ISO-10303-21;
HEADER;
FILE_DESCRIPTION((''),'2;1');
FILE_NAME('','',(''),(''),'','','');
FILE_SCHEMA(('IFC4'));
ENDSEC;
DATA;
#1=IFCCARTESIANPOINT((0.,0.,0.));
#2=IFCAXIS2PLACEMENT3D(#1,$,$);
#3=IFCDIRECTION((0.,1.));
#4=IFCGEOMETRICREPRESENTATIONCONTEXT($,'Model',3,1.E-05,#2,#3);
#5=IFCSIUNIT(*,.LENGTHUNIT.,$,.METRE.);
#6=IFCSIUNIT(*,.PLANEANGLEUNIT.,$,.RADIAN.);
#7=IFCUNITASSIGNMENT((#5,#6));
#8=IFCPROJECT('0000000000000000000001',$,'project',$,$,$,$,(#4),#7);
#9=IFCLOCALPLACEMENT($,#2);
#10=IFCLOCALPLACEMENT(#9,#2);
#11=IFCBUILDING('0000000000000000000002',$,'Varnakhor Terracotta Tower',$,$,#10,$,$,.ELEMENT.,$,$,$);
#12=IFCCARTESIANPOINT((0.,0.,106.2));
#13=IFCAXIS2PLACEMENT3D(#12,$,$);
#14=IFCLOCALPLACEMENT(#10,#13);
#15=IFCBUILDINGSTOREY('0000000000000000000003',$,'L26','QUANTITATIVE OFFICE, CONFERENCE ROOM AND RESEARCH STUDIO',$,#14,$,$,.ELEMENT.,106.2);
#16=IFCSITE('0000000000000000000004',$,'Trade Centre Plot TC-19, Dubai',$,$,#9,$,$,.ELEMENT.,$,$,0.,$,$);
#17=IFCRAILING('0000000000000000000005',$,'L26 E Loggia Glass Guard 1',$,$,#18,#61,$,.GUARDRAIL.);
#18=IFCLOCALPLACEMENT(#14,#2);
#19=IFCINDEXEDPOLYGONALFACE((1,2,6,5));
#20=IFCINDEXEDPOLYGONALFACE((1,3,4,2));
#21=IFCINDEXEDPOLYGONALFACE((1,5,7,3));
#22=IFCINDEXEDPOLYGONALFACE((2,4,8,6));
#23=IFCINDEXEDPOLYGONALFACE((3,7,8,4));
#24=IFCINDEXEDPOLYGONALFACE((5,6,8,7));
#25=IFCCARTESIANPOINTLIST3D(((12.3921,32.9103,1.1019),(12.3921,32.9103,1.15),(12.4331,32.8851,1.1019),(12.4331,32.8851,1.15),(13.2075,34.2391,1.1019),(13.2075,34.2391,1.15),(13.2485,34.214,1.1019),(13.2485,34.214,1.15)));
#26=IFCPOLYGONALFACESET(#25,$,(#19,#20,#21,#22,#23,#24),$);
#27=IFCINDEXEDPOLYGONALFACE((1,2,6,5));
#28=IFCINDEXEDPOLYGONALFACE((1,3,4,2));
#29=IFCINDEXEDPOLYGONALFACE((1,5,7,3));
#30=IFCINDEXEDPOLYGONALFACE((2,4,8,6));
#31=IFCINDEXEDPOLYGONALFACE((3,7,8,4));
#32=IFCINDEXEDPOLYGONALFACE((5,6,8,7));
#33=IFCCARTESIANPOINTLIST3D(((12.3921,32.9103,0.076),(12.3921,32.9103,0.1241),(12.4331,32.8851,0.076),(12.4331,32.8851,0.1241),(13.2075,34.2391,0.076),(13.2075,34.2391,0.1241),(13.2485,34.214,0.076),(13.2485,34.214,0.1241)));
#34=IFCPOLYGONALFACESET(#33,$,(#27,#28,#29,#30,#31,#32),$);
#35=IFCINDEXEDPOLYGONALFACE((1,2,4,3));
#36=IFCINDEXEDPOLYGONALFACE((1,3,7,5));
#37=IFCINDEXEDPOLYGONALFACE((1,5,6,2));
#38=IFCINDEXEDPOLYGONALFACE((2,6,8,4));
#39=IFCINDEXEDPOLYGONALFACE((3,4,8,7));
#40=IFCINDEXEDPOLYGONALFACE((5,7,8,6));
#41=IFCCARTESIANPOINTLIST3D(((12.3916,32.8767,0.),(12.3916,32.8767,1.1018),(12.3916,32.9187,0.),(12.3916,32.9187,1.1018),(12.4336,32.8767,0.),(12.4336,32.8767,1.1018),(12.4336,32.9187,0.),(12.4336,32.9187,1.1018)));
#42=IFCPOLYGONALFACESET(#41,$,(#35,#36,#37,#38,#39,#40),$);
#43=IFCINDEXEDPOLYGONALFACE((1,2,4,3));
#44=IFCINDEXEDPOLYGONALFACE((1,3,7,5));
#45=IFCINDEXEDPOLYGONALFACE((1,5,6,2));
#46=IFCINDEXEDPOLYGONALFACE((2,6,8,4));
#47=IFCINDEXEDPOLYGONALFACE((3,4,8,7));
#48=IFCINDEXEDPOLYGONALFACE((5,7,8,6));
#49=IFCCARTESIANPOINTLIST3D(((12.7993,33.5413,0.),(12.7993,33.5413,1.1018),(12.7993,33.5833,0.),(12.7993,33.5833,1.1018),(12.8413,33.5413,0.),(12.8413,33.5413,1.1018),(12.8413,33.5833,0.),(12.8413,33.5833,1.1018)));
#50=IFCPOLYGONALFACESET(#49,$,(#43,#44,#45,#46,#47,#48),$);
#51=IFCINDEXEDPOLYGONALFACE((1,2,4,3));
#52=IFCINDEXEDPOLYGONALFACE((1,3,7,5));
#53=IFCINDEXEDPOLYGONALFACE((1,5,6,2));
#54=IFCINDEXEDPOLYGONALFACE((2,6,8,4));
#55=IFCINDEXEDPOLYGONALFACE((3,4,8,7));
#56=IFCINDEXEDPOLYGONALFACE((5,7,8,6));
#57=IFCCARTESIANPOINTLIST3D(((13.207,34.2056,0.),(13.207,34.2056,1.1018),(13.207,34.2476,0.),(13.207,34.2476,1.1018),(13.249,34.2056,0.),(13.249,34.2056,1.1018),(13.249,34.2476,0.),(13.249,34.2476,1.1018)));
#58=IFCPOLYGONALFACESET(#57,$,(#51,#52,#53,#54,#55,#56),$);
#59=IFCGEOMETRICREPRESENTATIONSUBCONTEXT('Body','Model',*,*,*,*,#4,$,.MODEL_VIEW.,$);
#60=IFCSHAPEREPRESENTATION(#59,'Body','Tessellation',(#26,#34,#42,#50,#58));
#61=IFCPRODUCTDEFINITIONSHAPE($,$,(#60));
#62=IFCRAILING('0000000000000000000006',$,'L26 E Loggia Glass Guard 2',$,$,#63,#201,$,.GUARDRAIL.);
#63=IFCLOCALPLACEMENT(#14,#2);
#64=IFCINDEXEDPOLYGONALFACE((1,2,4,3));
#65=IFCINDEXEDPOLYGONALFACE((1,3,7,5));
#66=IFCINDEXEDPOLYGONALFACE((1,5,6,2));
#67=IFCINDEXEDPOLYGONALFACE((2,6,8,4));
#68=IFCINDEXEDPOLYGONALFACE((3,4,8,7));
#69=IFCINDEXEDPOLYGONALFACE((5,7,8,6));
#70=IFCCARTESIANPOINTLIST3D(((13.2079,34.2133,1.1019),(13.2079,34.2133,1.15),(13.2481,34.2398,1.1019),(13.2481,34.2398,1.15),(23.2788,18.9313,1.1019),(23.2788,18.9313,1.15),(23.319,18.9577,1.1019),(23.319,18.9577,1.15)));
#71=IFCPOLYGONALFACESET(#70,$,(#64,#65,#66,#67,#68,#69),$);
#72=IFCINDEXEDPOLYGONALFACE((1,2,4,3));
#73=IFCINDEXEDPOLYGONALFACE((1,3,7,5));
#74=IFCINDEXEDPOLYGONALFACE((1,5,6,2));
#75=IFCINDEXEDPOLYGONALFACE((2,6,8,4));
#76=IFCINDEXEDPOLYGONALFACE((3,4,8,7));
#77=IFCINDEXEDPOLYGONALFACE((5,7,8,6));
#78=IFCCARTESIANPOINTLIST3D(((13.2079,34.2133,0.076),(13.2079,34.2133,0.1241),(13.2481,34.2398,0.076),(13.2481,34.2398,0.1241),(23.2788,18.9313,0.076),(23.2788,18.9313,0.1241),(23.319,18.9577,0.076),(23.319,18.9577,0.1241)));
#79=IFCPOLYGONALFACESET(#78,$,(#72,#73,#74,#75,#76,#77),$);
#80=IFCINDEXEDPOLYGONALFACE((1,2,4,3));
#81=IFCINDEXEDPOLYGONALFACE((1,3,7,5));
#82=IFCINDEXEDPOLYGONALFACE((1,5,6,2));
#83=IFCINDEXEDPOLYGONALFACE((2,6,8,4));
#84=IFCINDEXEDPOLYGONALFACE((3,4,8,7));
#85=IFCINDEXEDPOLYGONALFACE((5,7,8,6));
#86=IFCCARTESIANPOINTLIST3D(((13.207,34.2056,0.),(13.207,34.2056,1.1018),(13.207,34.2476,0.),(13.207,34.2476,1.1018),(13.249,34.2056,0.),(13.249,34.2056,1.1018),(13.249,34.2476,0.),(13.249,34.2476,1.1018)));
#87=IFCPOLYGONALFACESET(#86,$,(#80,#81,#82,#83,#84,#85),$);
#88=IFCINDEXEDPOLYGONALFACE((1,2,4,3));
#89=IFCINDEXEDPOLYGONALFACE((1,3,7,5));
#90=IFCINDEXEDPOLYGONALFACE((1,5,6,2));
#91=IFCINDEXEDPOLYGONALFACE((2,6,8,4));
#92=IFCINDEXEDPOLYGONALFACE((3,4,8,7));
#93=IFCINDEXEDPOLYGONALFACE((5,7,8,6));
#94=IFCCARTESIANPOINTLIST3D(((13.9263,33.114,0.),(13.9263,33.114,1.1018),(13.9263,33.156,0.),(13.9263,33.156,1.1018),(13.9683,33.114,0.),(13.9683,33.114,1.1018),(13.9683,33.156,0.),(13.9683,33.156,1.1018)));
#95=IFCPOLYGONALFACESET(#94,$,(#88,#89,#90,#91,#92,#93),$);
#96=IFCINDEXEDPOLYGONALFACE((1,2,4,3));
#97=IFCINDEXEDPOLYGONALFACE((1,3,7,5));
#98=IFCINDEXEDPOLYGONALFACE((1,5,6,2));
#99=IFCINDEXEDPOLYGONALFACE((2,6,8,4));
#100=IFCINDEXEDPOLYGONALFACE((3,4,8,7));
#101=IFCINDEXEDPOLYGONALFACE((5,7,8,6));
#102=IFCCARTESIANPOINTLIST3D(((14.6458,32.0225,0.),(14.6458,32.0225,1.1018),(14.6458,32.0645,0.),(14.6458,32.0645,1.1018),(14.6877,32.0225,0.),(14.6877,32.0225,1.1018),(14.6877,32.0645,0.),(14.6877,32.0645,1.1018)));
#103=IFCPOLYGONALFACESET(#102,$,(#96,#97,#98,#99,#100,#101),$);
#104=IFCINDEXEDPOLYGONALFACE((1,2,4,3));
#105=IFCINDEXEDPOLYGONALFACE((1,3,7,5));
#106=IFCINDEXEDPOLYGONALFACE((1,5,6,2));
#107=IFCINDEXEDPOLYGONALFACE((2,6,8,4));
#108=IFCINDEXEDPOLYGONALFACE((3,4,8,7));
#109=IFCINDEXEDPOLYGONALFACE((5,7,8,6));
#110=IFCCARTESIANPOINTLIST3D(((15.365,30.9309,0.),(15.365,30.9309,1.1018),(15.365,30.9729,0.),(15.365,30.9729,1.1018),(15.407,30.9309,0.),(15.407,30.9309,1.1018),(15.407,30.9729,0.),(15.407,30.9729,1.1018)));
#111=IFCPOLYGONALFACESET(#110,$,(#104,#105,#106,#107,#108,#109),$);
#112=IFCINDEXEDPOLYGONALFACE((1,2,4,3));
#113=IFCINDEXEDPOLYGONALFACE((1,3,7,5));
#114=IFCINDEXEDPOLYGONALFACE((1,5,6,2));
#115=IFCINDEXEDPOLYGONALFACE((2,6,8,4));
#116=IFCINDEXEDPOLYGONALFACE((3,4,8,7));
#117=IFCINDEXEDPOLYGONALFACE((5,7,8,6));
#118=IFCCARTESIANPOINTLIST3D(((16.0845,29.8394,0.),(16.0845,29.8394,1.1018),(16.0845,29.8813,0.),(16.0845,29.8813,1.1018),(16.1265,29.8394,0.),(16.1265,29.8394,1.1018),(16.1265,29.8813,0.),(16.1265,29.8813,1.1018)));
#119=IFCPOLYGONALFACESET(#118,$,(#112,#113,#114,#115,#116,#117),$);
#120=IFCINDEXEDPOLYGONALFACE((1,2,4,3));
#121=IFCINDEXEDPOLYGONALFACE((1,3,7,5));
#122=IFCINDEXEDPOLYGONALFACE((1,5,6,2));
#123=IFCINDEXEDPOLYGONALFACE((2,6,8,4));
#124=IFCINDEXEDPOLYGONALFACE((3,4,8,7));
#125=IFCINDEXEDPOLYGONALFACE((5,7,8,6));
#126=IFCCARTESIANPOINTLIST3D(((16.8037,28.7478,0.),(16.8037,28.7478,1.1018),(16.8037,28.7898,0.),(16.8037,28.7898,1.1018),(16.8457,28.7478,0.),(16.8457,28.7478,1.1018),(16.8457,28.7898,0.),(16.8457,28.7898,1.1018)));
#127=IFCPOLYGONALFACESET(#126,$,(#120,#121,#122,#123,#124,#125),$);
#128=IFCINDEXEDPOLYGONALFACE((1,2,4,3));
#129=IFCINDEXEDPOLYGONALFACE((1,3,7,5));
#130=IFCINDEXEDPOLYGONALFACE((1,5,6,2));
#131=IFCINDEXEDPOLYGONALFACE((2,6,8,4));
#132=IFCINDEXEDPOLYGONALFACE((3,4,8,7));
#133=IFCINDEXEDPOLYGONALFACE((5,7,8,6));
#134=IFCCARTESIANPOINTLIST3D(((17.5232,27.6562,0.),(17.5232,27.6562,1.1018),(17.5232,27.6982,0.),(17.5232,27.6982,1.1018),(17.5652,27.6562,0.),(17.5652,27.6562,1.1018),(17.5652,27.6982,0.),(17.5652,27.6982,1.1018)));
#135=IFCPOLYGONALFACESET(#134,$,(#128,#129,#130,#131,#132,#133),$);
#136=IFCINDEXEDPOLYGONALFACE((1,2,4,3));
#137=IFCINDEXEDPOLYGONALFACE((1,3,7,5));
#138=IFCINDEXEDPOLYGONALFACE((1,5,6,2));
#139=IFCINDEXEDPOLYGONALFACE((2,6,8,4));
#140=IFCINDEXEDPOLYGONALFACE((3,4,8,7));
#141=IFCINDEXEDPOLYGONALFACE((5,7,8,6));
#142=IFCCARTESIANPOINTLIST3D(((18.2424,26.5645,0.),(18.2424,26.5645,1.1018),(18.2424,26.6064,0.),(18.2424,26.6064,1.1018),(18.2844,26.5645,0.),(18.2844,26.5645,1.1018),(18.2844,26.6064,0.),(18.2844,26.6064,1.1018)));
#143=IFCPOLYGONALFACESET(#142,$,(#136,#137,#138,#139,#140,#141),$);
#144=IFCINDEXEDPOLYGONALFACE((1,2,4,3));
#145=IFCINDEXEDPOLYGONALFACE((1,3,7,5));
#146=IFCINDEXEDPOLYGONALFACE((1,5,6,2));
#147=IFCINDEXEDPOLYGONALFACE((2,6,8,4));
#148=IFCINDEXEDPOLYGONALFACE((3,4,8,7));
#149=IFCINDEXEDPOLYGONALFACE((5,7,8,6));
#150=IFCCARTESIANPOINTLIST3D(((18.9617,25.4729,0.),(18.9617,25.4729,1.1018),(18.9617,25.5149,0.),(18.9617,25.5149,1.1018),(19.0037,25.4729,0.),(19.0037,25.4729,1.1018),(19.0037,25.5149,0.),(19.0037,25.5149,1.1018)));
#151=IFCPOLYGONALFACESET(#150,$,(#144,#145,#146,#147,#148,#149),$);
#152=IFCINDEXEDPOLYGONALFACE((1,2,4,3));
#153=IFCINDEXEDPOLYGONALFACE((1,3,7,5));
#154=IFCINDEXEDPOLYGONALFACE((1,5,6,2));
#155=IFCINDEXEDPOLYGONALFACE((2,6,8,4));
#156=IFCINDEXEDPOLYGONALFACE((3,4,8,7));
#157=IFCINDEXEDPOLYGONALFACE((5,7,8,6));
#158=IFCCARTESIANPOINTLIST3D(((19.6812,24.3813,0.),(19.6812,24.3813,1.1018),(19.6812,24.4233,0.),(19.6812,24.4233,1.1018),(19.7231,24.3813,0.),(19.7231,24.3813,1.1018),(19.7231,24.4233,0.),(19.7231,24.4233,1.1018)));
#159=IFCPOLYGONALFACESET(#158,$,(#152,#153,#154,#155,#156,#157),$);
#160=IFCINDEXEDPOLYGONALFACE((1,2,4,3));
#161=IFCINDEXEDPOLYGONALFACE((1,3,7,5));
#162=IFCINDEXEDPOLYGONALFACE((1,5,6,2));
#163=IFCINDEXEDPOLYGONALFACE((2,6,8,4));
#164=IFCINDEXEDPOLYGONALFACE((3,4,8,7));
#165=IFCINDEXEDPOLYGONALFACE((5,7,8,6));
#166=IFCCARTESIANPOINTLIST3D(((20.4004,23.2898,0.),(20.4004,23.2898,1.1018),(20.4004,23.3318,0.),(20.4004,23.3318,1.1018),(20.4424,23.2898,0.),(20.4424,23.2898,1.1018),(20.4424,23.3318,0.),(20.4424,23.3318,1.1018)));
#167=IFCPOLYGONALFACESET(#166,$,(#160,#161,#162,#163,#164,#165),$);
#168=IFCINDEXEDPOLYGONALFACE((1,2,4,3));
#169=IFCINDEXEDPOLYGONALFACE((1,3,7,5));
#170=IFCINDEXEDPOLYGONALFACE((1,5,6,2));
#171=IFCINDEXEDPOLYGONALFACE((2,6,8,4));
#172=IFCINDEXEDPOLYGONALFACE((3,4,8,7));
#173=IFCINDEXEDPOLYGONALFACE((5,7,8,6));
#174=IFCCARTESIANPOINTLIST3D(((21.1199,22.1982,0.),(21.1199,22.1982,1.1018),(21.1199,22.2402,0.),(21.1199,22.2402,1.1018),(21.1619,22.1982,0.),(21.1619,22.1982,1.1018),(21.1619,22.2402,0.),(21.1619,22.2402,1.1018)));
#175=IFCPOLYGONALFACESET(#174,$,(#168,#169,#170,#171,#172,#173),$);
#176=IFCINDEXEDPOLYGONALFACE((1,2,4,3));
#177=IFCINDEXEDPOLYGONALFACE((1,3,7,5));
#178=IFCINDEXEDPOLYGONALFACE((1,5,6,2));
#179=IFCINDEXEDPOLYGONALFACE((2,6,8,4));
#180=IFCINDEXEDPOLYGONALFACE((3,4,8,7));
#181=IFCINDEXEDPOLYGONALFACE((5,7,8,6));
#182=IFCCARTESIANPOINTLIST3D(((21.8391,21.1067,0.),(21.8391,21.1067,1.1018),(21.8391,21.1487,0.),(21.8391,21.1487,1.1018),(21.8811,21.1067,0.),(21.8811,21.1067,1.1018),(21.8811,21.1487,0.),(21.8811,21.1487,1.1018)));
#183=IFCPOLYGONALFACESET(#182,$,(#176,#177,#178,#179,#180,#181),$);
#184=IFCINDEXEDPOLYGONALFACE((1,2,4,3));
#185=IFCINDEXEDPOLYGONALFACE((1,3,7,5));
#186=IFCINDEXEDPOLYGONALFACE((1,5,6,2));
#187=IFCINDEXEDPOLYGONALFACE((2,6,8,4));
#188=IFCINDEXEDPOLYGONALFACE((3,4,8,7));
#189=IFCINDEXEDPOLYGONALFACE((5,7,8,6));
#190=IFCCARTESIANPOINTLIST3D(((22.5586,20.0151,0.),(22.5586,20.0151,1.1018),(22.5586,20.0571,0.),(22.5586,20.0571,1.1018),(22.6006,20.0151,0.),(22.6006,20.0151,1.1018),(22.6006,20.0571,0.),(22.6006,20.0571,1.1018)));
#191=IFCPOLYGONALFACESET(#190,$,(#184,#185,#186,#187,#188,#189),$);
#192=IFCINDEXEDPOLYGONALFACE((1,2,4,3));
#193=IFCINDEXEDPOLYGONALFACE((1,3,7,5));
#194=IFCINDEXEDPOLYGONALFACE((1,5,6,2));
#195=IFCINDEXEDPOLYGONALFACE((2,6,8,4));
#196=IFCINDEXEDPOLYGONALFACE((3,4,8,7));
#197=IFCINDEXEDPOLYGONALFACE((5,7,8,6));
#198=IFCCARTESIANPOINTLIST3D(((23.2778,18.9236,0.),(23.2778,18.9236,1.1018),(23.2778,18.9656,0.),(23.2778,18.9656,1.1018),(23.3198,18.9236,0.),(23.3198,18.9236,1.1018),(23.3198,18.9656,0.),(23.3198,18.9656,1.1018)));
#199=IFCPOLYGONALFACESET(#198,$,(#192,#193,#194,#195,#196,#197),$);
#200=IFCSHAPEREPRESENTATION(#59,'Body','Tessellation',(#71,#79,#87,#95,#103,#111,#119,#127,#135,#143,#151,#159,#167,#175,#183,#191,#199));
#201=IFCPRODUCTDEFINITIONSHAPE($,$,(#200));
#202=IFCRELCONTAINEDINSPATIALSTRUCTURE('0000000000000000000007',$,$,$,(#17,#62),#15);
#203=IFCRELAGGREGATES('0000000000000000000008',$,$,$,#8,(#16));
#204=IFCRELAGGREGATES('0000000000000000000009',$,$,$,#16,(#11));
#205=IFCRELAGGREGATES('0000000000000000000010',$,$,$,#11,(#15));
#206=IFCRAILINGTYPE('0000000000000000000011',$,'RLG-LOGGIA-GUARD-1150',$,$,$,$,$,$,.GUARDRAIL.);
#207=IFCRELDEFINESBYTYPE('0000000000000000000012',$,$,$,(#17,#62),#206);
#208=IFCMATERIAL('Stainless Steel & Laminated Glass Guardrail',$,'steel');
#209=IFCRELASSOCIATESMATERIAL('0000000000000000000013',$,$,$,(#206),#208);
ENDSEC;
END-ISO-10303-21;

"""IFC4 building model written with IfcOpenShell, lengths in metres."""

from ifc_helpers import new_model, si_unit, direction, frame, origin, origin_2d, place, context, subcontext, project, spatial, rectangle, extrude, material, type_object, element, save


model = new_model("IFC4")

# Units and contexts
model_context = context("Model", 3, precision=1e-05, world=origin(), true_north=direction((0.0, 1.0)))
body_context = subcontext(model_context, "Body", "Model", "MODEL_VIEW")
ifc_project = project(units=[si_unit("LENGTHUNIT", "METRE"), si_unit("PLANEANGLEUNIT", "RADIAN")], contexts=[model_context])

# Site, building, storey
site_placement = place(None, origin())
site = spatial("IfcSite", under=ifc_project, at=site_placement, Name="Trade Centre Plot TC-19, Dubai", CompositionType="ELEMENT", RefElevation=0.0)
building_placement = place(site_placement, origin())
building = spatial("IfcBuilding", under=site, at=building_placement, Name="Varnakhor Terracotta Tower", CompositionType="ELEMENT")
storey_placement = place(building_placement, frame((0.0, 0.0, 106.2)))
storey = spatial("IfcBuildingStorey", under=building, at=storey_placement, Name="L26", Description="QUANTITATIVE OFFICE, CONFERENCE ROOM AND RESEARCH STUDIO", CompositionType="ELEMENT", Elevation=106.2)

# Railings
ifc_material_1 = material(Name="Stainless Steel & Laminated Glass Guardrail", Category="steel")
railing_type = type_object("IfcRailingType", Name="RLG-LOGGIA-GUARD-1150", PredefinedType="GUARDRAIL", material=ifc_material_1)
railing_1_placement = place(storey_placement, frame((12.4126, 32.8977, 0.0)))
element("IfcRailing", 1, at=railing_1_placement, inside=storey, type_object=railing_type, Name="L26 E Loggia Glass Guard 1", PredefinedType="GUARDRAIL", context=body_context, shape_type="SweptSolid", body=[
    extrude(rectangle(XDim=0.0481, YDim=0.0481, at=origin_2d()), frame((0.0, 0.0, 1.126), z_axis=(0.523014, 0.852324, 0.0), x_axis=(-0.852324, 0.523014, 0.0)), (0.0, 0.0, 1.0), 1.5591),
    extrude(rectangle(XDim=0.0481, YDim=0.0481, at=origin_2d()), frame((0.0, 0.0, 0.1001), z_axis=(0.523014, 0.852324, 0.0), x_axis=(-0.852324, 0.523014, 0.0)), (0.0, 0.0, 1.0), 1.5591),
    extrude(rectangle(XDim=0.042, YDim=0.042, at=origin_2d()), origin(), (0.0, 0.0, 1.0), 1.1018),
    extrude(rectangle(XDim=0.042, YDim=0.042, at=origin_2d()), frame((0.4077, 0.6646, 0.0)), (0.0, 0.0, 1.0), 1.1018),
    extrude(rectangle(XDim=0.042, YDim=0.042, at=origin_2d()), frame((0.8154, 1.3289, 0.0)), (0.0, 0.0, 1.0), 1.1018),
])
railing_2_placement = place(storey_placement, frame((13.228, 34.2266, 0.0)))
element("IfcRailing", 2, at=railing_2_placement, inside=storey, type_object=railing_type, Name="L26 E Loggia Glass Guard 2", PredefinedType="GUARDRAIL", context=body_context, shape_type="SweptSolid", body=[
    extrude(rectangle(XDim=0.0481, YDim=0.0481, at=origin_2d()), frame((0.0, 0.0, 1.126), z_axis=(0.550259, -0.834994, 0.0), x_axis=(0.834994, 0.550259, 0.0)), (0.0, 0.0, 1.0), 18.302),
    extrude(rectangle(XDim=0.0481, YDim=0.0481, at=origin_2d()), frame((0.0, 0.0, 0.1001), z_axis=(0.550259, -0.834994, 0.0), x_axis=(0.834994, 0.550259, 0.0)), (0.0, 0.0, 1.0), 18.302),
    extrude(rectangle(XDim=0.042, YDim=0.042, at=origin_2d()), origin(), (0.0, 0.0, 1.0), 1.1018),
    extrude(rectangle(XDim=0.042, YDim=0.042, at=origin_2d()), frame((0.7192, -1.0916, 0.0)), (0.0, 0.0, 1.0), 1.1018),
    extrude(rectangle(XDim=0.042, YDim=0.042, at=origin_2d()), frame((1.4387, -2.1831, 0.0)), (0.0, 0.0, 1.0), 1.1018),
    extrude(rectangle(XDim=0.042, YDim=0.042, at=origin_2d()), frame((2.158, -3.2747, 0.0)), (0.0, 0.0, 1.0), 1.1018),
    extrude(rectangle(XDim=0.042, YDim=0.042, at=origin_2d()), frame((2.8774, -4.3662, 0.0)), (0.0, 0.0, 1.0), 1.1018),
    extrude(rectangle(XDim=0.042, YDim=0.042, at=origin_2d()), frame((3.5967, -5.4578, 0.0)), (0.0, 0.0, 1.0), 1.1018),
    extrude(rectangle(XDim=0.042, YDim=0.042, at=origin_2d()), frame((4.3162, -6.5493, 0.0)), (0.0, 0.0, 1.0), 1.1018),
    extrude(rectangle(XDim=0.042, YDim=0.042, at=origin_2d()), frame((5.0354, -7.6411, 0.0)), (0.0, 0.0, 1.0), 1.1018),
    extrude(rectangle(XDim=0.042, YDim=0.042, at=origin_2d()), frame((5.7546, -8.7327, 0.0)), (0.0, 0.0, 1.0), 1.1018),
    extrude(rectangle(XDim=0.042, YDim=0.042, at=origin_2d()), frame((6.4741, -9.8242, 0.0)), (0.0, 0.0, 1.0), 1.1018),
    extrude(rectangle(XDim=0.042, YDim=0.042, at=origin_2d()), frame((7.1934, -10.9158, 0.0)), (0.0, 0.0, 1.0), 1.1018),
    extrude(rectangle(XDim=0.042, YDim=0.042, at=origin_2d()), frame((7.9128, -12.0073, 0.0)), (0.0, 0.0, 1.0), 1.1018),
    extrude(rectangle(XDim=0.042, YDim=0.042, at=origin_2d()), frame((8.6321, -13.0989, 0.0)), (0.0, 0.0, 1.0), 1.1018),
    extrude(rectangle(XDim=0.042, YDim=0.042, at=origin_2d()), frame((9.3516, -14.1904, 0.0)), (0.0, 0.0, 1.0), 1.1018),
    extrude(rectangle(XDim=0.042, YDim=0.042, at=origin_2d()), frame((10.0708, -15.282, 0.0)), (0.0, 0.0, 1.0), 1.1018),
])

save(model, "model.ifc")
